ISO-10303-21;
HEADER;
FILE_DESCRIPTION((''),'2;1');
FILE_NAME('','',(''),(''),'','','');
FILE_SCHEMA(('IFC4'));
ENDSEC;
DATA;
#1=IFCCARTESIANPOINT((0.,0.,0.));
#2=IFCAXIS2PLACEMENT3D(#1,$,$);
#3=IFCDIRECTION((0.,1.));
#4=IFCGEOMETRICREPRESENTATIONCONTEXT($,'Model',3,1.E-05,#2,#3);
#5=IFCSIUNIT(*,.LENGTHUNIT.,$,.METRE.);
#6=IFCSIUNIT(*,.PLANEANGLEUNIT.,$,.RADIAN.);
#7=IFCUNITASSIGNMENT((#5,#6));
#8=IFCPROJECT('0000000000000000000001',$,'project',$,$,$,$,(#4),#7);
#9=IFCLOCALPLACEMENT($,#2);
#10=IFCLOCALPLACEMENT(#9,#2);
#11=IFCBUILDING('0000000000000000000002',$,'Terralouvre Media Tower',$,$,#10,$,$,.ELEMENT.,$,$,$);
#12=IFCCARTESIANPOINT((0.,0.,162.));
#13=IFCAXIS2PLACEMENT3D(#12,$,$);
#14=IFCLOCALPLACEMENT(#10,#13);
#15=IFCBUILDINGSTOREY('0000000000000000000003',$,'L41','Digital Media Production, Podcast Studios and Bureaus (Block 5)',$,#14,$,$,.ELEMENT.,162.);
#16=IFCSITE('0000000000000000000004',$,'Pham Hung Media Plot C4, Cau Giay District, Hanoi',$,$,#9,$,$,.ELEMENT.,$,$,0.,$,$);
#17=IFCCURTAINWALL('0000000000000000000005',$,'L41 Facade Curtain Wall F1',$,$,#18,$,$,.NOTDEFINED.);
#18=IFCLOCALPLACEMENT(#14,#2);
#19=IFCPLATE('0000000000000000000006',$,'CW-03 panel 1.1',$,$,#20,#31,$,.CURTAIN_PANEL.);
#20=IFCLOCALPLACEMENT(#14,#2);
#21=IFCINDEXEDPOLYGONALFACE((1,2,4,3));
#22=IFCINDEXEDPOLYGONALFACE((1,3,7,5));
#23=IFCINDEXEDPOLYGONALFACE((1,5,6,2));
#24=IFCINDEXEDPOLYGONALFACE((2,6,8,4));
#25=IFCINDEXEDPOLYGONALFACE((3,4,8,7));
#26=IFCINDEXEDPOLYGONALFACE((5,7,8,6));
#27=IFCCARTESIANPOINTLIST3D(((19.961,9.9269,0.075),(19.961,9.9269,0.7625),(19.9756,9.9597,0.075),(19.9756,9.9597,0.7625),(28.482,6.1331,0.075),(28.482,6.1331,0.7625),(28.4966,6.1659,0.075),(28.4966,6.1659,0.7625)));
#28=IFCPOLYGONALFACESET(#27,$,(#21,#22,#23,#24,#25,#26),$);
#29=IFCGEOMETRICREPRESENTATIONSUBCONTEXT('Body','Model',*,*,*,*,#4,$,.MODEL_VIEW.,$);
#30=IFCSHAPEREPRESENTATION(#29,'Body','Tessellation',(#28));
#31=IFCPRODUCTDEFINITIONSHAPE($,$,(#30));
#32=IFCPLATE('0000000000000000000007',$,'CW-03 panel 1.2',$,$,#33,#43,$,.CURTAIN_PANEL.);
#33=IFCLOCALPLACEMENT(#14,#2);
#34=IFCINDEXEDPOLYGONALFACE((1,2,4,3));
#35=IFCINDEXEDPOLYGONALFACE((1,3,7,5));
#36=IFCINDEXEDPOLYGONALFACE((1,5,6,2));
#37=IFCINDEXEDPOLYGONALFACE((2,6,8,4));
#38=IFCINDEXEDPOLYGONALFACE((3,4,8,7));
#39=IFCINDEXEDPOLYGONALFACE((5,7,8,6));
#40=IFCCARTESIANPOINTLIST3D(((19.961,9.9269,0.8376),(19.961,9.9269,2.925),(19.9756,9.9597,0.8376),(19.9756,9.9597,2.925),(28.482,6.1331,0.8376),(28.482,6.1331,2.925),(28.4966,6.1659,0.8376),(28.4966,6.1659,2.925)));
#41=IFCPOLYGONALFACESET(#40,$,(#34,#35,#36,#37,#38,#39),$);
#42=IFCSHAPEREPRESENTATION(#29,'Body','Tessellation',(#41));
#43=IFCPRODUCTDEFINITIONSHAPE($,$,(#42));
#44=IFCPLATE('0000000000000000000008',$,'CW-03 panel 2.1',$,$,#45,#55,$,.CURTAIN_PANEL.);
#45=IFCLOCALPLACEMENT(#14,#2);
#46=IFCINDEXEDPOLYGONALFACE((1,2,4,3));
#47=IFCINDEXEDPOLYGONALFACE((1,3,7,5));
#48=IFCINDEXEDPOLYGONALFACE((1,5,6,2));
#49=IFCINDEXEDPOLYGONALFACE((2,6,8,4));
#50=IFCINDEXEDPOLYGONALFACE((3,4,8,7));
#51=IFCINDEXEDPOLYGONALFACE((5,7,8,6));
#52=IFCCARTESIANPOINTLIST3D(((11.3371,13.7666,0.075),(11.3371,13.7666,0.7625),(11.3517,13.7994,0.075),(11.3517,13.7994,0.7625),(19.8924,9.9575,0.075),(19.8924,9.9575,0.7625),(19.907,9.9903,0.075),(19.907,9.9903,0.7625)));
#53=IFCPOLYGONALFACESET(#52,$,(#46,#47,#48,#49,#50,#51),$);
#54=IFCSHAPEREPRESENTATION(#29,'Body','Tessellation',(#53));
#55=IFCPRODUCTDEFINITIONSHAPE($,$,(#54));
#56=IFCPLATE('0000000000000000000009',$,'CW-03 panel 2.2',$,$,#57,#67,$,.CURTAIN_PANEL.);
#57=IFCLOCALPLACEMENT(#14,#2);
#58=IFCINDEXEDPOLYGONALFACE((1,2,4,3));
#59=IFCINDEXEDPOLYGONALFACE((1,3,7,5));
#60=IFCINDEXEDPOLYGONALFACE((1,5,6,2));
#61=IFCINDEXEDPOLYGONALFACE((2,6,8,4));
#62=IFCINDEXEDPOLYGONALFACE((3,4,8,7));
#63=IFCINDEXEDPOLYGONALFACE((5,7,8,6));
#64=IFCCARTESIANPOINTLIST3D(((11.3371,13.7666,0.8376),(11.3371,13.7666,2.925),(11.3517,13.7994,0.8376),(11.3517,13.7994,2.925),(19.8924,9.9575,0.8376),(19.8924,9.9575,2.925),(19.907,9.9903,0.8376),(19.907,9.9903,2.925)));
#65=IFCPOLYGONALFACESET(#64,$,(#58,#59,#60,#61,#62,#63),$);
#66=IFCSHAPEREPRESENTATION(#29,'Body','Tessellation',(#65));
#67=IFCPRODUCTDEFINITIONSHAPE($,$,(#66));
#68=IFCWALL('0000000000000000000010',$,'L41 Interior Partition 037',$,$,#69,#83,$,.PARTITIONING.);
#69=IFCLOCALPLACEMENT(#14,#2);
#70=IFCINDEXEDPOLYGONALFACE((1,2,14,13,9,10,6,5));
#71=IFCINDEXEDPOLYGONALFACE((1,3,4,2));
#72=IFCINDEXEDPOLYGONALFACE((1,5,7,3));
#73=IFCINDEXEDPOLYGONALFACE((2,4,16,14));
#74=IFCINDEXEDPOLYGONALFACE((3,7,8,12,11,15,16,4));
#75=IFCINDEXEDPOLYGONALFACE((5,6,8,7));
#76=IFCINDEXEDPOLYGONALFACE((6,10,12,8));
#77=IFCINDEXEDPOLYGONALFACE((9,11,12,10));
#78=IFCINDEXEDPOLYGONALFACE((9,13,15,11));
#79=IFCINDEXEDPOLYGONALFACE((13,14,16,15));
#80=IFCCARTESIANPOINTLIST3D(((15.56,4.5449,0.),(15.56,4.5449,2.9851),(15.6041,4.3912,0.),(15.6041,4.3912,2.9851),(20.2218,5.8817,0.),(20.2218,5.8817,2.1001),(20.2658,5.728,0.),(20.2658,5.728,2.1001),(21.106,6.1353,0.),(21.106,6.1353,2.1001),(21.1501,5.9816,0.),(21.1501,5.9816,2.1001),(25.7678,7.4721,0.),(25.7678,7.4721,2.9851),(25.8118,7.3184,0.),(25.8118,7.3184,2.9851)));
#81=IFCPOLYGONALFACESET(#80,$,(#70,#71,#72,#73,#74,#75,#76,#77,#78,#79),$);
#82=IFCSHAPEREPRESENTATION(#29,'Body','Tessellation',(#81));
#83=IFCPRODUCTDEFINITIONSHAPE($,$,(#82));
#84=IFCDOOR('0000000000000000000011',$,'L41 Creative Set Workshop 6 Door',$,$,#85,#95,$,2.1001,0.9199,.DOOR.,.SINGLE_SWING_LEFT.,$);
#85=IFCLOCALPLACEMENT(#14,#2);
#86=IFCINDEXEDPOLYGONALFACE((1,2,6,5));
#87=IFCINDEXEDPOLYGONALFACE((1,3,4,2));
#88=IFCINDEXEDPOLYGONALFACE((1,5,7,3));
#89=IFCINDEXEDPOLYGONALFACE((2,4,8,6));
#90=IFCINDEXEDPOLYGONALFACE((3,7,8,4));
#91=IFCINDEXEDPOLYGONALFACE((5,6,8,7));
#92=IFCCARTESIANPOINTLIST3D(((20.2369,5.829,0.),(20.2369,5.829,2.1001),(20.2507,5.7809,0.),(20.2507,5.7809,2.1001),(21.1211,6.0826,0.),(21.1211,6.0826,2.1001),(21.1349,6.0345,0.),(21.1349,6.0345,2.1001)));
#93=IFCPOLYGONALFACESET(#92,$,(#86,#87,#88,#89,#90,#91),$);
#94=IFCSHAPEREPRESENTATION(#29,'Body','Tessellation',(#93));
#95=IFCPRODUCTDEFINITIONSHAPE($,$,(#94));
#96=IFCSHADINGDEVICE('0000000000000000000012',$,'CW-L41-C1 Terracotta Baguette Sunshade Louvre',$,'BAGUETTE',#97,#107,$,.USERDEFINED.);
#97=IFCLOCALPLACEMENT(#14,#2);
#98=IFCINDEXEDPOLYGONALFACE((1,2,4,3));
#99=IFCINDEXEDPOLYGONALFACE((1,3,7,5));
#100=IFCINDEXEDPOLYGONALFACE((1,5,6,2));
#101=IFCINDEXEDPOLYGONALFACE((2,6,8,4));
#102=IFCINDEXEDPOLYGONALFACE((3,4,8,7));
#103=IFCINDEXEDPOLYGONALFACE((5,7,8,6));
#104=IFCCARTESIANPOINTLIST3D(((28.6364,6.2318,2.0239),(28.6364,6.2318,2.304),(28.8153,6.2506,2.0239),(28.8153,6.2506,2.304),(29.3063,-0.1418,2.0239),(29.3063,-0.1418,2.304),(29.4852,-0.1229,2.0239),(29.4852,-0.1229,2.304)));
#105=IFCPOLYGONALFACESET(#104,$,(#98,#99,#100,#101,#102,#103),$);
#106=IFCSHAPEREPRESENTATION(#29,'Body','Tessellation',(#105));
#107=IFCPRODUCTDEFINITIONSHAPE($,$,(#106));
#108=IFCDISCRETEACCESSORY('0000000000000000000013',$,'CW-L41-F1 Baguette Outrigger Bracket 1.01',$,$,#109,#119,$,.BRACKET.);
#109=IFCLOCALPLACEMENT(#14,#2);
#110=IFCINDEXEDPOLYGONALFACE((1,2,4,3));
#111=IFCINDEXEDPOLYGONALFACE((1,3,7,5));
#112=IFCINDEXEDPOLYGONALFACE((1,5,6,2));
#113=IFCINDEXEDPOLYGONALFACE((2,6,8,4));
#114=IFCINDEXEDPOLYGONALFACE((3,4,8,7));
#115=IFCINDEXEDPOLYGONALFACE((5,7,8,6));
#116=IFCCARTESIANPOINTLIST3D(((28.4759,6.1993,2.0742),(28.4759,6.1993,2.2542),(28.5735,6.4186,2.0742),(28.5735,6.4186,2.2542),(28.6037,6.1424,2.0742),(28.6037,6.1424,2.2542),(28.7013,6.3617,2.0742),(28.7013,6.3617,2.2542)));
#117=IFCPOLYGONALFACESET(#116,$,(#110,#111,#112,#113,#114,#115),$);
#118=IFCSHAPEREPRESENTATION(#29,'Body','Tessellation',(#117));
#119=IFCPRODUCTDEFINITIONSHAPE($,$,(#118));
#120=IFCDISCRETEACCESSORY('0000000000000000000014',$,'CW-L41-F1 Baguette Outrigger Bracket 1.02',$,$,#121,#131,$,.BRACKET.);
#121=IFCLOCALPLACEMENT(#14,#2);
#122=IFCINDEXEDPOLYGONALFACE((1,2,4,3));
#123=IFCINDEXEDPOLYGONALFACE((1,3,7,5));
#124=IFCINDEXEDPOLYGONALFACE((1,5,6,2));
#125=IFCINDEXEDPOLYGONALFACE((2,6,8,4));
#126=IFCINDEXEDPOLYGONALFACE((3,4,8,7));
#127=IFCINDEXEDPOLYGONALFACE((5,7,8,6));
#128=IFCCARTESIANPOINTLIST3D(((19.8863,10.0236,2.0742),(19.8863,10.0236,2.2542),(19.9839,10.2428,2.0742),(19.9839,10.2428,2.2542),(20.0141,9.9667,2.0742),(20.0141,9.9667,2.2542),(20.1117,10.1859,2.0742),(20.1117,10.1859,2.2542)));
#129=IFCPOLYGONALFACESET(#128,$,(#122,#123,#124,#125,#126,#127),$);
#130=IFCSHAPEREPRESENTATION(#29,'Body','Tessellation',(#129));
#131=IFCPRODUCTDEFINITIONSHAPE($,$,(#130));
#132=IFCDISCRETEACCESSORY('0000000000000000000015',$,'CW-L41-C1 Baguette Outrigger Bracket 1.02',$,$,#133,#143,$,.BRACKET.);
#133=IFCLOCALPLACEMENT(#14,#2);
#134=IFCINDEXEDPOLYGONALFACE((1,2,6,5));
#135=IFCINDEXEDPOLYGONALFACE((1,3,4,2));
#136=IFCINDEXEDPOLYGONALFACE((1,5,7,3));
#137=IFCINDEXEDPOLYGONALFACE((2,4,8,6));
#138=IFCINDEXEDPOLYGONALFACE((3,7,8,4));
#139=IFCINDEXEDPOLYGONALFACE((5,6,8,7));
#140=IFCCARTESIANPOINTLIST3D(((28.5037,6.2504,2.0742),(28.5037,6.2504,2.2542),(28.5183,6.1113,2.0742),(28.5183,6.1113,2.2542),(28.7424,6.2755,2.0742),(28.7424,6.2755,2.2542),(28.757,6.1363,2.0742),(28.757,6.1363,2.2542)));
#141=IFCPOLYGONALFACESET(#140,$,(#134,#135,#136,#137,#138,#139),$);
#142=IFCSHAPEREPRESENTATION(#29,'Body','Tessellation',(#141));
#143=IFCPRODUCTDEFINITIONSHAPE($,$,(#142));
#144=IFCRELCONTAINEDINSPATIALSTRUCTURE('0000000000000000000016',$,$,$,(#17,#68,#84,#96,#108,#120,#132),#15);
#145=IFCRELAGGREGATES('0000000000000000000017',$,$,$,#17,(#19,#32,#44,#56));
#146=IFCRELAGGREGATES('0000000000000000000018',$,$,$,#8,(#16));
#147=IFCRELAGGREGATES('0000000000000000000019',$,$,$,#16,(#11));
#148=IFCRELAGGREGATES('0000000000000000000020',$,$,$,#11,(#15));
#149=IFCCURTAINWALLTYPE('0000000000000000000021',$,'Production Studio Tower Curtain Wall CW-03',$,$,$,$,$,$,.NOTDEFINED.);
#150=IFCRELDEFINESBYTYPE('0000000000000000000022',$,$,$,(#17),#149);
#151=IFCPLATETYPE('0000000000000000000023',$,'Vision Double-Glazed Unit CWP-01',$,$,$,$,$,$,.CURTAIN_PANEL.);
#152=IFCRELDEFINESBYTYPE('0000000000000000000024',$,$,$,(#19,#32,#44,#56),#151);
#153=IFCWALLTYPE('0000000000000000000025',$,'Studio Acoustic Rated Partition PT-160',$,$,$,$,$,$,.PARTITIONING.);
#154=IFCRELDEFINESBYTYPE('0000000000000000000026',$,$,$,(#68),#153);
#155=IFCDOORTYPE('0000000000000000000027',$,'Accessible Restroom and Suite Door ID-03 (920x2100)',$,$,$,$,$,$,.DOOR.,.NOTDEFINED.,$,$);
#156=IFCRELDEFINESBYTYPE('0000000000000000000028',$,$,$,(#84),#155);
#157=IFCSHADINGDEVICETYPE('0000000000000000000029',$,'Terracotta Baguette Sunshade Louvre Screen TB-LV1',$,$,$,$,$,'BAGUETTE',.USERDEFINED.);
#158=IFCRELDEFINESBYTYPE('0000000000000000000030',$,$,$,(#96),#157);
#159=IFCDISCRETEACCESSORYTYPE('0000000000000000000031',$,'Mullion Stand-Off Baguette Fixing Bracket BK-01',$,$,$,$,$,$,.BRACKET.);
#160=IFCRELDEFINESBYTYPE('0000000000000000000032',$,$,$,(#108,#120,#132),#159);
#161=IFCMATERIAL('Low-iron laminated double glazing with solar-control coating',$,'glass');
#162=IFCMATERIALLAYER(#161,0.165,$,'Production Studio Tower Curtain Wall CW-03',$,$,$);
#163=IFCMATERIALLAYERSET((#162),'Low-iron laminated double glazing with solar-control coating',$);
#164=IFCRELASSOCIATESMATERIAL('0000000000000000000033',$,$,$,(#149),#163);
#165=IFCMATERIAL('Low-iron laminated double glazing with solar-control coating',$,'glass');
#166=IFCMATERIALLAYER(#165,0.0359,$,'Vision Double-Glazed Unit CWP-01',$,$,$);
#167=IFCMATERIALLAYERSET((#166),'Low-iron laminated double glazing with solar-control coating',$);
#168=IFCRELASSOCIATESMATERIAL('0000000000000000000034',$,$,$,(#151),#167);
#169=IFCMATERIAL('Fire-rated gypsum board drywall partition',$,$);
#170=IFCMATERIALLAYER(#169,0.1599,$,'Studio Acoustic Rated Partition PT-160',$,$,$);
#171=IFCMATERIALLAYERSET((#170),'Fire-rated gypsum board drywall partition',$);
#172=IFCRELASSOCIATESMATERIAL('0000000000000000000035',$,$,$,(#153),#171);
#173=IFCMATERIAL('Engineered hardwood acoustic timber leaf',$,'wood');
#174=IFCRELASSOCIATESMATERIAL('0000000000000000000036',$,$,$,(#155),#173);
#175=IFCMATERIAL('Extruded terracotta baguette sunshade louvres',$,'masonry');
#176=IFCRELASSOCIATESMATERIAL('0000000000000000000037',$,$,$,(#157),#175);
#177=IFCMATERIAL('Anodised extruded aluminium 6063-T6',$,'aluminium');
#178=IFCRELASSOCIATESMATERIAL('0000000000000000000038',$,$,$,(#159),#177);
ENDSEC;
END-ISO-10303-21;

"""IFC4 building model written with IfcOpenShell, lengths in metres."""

from ifc_helpers import new_model, si_unit, direction, frame, frame_2d, origin, origin_2d, place, context, subcontext, project, spatial, rectangle, extrude, material, layer, layer_set, type_object, element, fill, aggregate, save


model = new_model("IFC4")

# Units and contexts
model_context = context("Model", 3, precision=1e-05, world=origin(), true_north=direction((0.0, 1.0)))
body_context = subcontext(model_context, "Body", "Model", "MODEL_VIEW")
ifc_project = project(units=[si_unit("LENGTHUNIT", "METRE"), si_unit("PLANEANGLEUNIT", "RADIAN")], contexts=[model_context])

# Site, building, storey
site_placement = place(None, origin())
site = spatial("IfcSite", under=ifc_project, at=site_placement, Name="Pham Hung Media Plot C4, Cau Giay District, Hanoi", CompositionType="ELEMENT", RefElevation=0.0)
building_placement = place(site_placement, origin())
building = spatial("IfcBuilding", under=site, at=building_placement, Name="Terralouvre Media Tower", CompositionType="ELEMENT")
storey_placement = place(building_placement, frame((0.0, 0.0, 162.0)))
storey = spatial("IfcBuildingStorey", under=building, at=storey_placement, Name="L41", Description="Digital Media Production, Podcast Studios and Bureaus (Block 5)", CompositionType="ELEMENT", Elevation=162.0)

# Curtain wall
ifc_material_1 = material(Name="Low-iron laminated double glazing with solar-control coating", Category="glass")
ifc_layer_1 = layer(ifc_material_1, 0.165, Name="Production Studio Tower Curtain Wall CW-03")
ifc_layer_set_1 = layer_set([ifc_layer_1], Name="Low-iron laminated double glazing with solar-control coating")
curtain_wall_type_1 = type_object("IfcCurtainWallType", Name="Production Studio Tower Curtain Wall CW-03", PredefinedType="NOTDEFINED", material=ifc_layer_set_1)
curtain_wall_1_placement = place(storey_placement, origin())
curtain_wall_1 = element("IfcCurtainWall", 1, at=curtain_wall_1_placement, inside=storey, type_object=curtain_wall_type_1, Name="L41 Facade Curtain Wall F1", PredefinedType="NOTDEFINED")

# Plates
ifc_material_2 = material(Name="Low-iron laminated double glazing with solar-control coating", Category="glass")
ifc_layer_2 = layer(ifc_material_2, 0.0359, Name="Vision Double-Glazed Unit CWP-01")
ifc_layer_set_2 = layer_set([ifc_layer_2], Name="Low-iron laminated double glazing with solar-control coating")
plate_type_1 = type_object("IfcPlateType", Name="Vision Double-Glazed Unit CWP-01", PredefinedType="CURTAIN_PANEL", material=ifc_layer_set_2)
plate_1_placement = place(storey_placement, frame((24.2288, 8.0464, 0.075), z_axis=(0.0, 0.0, 1.0), x_axis=(-0.913545, 0.406737, 0.0)))
plate_1 = element("IfcPlate", 2, at=plate_1_placement, type_object=plate_type_1, Name="CW-03 panel 1.1", PredefinedType="CURTAIN_PANEL", context=body_context, shape_type="SweptSolid", body=[
    extrude(rectangle(XDim=9.3274, YDim=0.0359, at=origin_2d()), origin(), (0.0, 0.0, 1.0), 0.6875),
])
plate_2_placement = place(storey_placement, frame((24.2288, 8.0464, 0.8376), z_axis=(0.0, 0.0, 1.0), x_axis=(-0.913545, 0.406737, 0.0)))
plate_2 = element("IfcPlate", 3, at=plate_2_placement, type_object=plate_type_1, Name="CW-03 panel 1.2", PredefinedType="CURTAIN_PANEL", context=body_context, shape_type="SweptSolid", body=[
    extrude(rectangle(XDim=9.3274, YDim=0.0359, at=origin_2d()), origin(), (0.0, 0.0, 1.0), 2.0874),
])
plate_3_placement = place(storey_placement, frame((15.6221, 11.8784, 0.075), z_axis=(0.0, 0.0, 1.0), x_axis=(-0.913545, 0.406737, 0.0)))
plate_3 = element("IfcPlate", 4, at=plate_3_placement, type_object=plate_type_1, Name="CW-03 panel 2.1", PredefinedType="CURTAIN_PANEL", context=body_context, shape_type="SweptSolid", body=[
    extrude(rectangle(XDim=9.365, YDim=0.0359, at=origin_2d()), origin(), (0.0, 0.0, 1.0), 0.6875),
])
plate_4_placement = place(storey_placement, frame((15.6221, 11.8784, 0.8376), z_axis=(0.0, 0.0, 1.0), x_axis=(-0.913545, 0.406737, 0.0)))
plate_4 = element("IfcPlate", 5, at=plate_4_placement, type_object=plate_type_1, Name="CW-03 panel 2.2", PredefinedType="CURTAIN_PANEL", context=body_context, shape_type="SweptSolid", body=[
    extrude(rectangle(XDim=9.365, YDim=0.0359, at=origin_2d()), origin(), (0.0, 0.0, 1.0), 2.0874),
])
aggregate(curtain_wall_1, [plate_1, plate_2, plate_3, plate_4])

# Wall, opening, door
ifc_material_3 = material(Name="Fire-rated gypsum board drywall partition")
ifc_layer_3 = layer(ifc_material_3, 0.1599, Name="Studio Acoustic Rated Partition PT-160")
ifc_layer_set_3 = layer_set([ifc_layer_3], Name="Fire-rated gypsum board drywall partition")
wall_type = type_object("IfcWallType", Name="Studio Acoustic Rated Partition PT-160", PredefinedType="PARTITIONING", material=ifc_layer_set_3)
wall_placement = place(storey_placement, frame((25.7898, 7.3953, 0.0), z_axis=(0.0, 0.0, 1.0), x_axis=(-0.961256, -0.275656, 0.0)))
wall = element("IfcWall", 6, at=wall_placement, inside=storey, type_object=wall_type, Name="L41 Interior Partition 037", PredefinedType="PARTITIONING", context=body_context, shape_type="SweptSolid", body=[
    extrude(rectangle(XDim=10.6191, YDim=0.1599, at=frame_2d((5.3096, 0.0))), origin(), (0.0, 0.0, 1.0), 2.9851),
])
opening_placement = place(wall_placement, frame((4.8496, 0.0, 0.0)))
opening = element("IfcOpeningElement", 7, at=opening_placement, cuts=wall, PredefinedType="OPENING", context=body_context, shape_type="SweptSolid", body=[
    extrude(rectangle(XDim=0.9199, YDim=2.1001, at=frame_2d((0.46, 1.05))), frame((0.0, 0.0898, 0.0), z_axis=(0.0, -1.0, 0.0), x_axis=(1.0, 0.0, 0.0)), (0.0, 0.0, 1.0), 0.1799),
])
ifc_material_4 = material(Name="Engineered hardwood acoustic timber leaf", Category="wood")
door_type = type_object("IfcDoorType", Name="Accessible Restroom and Suite Door ID-03 (920x2100)", OperationType="NOTDEFINED", PredefinedType="DOOR", material=ifc_material_4)
door_placement = place(opening_placement, origin())
door = element("IfcDoor", 8, at=door_placement, inside=storey, type_object=door_type, Name="L41 Creative Set Workshop 6 Door", OperationType="SINGLE_SWING_LEFT", OverallHeight=2.1001, OverallWidth=0.9199, PredefinedType="DOOR", context=body_context, shape_type="SweptSolid", body=[
    extrude(rectangle(XDim=0.9199, YDim=2.1001, at=frame_2d((0.46, 1.05))), frame((0.0, 0.0249, 0.0), z_axis=(0.0, -1.0, 0.0), x_axis=(1.0, 0.0, 0.0)), (0.0, 0.0, 1.0), 0.05),
])
fill(opening, door)

# Shading device
ifc_material_5 = material(Name="Extruded terracotta baguette sunshade louvres", Category="masonry")
shading_device_type = type_object("IfcShadingDeviceType", Name="Terracotta Baguette Sunshade Louvre Screen TB-LV1", ElementType="BAGUETTE", PredefinedType="USERDEFINED", material=ifc_material_5)
shading_device_placement = place(storey_placement, frame((29.0608, 3.0544, 2.0239), z_axis=(0.0, 0.0, 1.0), x_axis=(-0.104529, 0.994522, 0.0)))
element("IfcShadingDevice", 9, at=shading_device_placement, inside=storey, type_object=shading_device_type, Name="CW-L41-C1 Terracotta Baguette Sunshade Louvre", ObjectType="BAGUETTE", PredefinedType="USERDEFINED", context=body_context, shape_type="SweptSolid", body=[
    extrude(rectangle(XDim=6.4087, YDim=0.1799, at=origin_2d()), origin(), (0.0, 0.0, 1.0), 0.28),
])

# Discrete accessories
ifc_material_6 = material(Name="Anodised extruded aluminium 6063-T6", Category="aluminium")
discrete_accessory_type = type_object("IfcDiscreteAccessoryType", Name="Mullion Stand-Off Baguette Fixing Bracket BK-01", PredefinedType="BRACKET", material=ifc_material_6)
for number, where, z_axis, x_axis, name in (
    (10, (28.5886, 6.2805, 2.0742), (0.0, 0.0, 1.0), (-0.913545, 0.406737, 0.0), "CW-L41-F1 Baguette Outrigger Bracket 1.01"),
    (11, (19.999, 10.1047, 2.0742), (0.0, 0.0, 1.0), (-0.913545, 0.406737, 0.0), "CW-L41-F1 Baguette Outrigger Bracket 1.02"),
    (12, (28.6304, 6.1934, 2.0742), (0.0, 0.0, 1.0), (-0.104529, 0.994522, 0.0), "CW-L41-C1 Baguette Outrigger Bracket 1.02"),
):
    element("IfcDiscreteAccessory", number, at=place(storey_placement, frame(where, z_axis=z_axis, x_axis=x_axis)), inside=storey, type_object=discrete_accessory_type, Name=name, PredefinedType="BRACKET", context=body_context, shape_type="SweptSolid", body=[
        extrude(rectangle(XDim=0.1399, YDim=0.24, at=origin_2d()), origin(), (0.0, 0.0, 1.0), 0.1799),
    ])

save(model, "model.ifc")
